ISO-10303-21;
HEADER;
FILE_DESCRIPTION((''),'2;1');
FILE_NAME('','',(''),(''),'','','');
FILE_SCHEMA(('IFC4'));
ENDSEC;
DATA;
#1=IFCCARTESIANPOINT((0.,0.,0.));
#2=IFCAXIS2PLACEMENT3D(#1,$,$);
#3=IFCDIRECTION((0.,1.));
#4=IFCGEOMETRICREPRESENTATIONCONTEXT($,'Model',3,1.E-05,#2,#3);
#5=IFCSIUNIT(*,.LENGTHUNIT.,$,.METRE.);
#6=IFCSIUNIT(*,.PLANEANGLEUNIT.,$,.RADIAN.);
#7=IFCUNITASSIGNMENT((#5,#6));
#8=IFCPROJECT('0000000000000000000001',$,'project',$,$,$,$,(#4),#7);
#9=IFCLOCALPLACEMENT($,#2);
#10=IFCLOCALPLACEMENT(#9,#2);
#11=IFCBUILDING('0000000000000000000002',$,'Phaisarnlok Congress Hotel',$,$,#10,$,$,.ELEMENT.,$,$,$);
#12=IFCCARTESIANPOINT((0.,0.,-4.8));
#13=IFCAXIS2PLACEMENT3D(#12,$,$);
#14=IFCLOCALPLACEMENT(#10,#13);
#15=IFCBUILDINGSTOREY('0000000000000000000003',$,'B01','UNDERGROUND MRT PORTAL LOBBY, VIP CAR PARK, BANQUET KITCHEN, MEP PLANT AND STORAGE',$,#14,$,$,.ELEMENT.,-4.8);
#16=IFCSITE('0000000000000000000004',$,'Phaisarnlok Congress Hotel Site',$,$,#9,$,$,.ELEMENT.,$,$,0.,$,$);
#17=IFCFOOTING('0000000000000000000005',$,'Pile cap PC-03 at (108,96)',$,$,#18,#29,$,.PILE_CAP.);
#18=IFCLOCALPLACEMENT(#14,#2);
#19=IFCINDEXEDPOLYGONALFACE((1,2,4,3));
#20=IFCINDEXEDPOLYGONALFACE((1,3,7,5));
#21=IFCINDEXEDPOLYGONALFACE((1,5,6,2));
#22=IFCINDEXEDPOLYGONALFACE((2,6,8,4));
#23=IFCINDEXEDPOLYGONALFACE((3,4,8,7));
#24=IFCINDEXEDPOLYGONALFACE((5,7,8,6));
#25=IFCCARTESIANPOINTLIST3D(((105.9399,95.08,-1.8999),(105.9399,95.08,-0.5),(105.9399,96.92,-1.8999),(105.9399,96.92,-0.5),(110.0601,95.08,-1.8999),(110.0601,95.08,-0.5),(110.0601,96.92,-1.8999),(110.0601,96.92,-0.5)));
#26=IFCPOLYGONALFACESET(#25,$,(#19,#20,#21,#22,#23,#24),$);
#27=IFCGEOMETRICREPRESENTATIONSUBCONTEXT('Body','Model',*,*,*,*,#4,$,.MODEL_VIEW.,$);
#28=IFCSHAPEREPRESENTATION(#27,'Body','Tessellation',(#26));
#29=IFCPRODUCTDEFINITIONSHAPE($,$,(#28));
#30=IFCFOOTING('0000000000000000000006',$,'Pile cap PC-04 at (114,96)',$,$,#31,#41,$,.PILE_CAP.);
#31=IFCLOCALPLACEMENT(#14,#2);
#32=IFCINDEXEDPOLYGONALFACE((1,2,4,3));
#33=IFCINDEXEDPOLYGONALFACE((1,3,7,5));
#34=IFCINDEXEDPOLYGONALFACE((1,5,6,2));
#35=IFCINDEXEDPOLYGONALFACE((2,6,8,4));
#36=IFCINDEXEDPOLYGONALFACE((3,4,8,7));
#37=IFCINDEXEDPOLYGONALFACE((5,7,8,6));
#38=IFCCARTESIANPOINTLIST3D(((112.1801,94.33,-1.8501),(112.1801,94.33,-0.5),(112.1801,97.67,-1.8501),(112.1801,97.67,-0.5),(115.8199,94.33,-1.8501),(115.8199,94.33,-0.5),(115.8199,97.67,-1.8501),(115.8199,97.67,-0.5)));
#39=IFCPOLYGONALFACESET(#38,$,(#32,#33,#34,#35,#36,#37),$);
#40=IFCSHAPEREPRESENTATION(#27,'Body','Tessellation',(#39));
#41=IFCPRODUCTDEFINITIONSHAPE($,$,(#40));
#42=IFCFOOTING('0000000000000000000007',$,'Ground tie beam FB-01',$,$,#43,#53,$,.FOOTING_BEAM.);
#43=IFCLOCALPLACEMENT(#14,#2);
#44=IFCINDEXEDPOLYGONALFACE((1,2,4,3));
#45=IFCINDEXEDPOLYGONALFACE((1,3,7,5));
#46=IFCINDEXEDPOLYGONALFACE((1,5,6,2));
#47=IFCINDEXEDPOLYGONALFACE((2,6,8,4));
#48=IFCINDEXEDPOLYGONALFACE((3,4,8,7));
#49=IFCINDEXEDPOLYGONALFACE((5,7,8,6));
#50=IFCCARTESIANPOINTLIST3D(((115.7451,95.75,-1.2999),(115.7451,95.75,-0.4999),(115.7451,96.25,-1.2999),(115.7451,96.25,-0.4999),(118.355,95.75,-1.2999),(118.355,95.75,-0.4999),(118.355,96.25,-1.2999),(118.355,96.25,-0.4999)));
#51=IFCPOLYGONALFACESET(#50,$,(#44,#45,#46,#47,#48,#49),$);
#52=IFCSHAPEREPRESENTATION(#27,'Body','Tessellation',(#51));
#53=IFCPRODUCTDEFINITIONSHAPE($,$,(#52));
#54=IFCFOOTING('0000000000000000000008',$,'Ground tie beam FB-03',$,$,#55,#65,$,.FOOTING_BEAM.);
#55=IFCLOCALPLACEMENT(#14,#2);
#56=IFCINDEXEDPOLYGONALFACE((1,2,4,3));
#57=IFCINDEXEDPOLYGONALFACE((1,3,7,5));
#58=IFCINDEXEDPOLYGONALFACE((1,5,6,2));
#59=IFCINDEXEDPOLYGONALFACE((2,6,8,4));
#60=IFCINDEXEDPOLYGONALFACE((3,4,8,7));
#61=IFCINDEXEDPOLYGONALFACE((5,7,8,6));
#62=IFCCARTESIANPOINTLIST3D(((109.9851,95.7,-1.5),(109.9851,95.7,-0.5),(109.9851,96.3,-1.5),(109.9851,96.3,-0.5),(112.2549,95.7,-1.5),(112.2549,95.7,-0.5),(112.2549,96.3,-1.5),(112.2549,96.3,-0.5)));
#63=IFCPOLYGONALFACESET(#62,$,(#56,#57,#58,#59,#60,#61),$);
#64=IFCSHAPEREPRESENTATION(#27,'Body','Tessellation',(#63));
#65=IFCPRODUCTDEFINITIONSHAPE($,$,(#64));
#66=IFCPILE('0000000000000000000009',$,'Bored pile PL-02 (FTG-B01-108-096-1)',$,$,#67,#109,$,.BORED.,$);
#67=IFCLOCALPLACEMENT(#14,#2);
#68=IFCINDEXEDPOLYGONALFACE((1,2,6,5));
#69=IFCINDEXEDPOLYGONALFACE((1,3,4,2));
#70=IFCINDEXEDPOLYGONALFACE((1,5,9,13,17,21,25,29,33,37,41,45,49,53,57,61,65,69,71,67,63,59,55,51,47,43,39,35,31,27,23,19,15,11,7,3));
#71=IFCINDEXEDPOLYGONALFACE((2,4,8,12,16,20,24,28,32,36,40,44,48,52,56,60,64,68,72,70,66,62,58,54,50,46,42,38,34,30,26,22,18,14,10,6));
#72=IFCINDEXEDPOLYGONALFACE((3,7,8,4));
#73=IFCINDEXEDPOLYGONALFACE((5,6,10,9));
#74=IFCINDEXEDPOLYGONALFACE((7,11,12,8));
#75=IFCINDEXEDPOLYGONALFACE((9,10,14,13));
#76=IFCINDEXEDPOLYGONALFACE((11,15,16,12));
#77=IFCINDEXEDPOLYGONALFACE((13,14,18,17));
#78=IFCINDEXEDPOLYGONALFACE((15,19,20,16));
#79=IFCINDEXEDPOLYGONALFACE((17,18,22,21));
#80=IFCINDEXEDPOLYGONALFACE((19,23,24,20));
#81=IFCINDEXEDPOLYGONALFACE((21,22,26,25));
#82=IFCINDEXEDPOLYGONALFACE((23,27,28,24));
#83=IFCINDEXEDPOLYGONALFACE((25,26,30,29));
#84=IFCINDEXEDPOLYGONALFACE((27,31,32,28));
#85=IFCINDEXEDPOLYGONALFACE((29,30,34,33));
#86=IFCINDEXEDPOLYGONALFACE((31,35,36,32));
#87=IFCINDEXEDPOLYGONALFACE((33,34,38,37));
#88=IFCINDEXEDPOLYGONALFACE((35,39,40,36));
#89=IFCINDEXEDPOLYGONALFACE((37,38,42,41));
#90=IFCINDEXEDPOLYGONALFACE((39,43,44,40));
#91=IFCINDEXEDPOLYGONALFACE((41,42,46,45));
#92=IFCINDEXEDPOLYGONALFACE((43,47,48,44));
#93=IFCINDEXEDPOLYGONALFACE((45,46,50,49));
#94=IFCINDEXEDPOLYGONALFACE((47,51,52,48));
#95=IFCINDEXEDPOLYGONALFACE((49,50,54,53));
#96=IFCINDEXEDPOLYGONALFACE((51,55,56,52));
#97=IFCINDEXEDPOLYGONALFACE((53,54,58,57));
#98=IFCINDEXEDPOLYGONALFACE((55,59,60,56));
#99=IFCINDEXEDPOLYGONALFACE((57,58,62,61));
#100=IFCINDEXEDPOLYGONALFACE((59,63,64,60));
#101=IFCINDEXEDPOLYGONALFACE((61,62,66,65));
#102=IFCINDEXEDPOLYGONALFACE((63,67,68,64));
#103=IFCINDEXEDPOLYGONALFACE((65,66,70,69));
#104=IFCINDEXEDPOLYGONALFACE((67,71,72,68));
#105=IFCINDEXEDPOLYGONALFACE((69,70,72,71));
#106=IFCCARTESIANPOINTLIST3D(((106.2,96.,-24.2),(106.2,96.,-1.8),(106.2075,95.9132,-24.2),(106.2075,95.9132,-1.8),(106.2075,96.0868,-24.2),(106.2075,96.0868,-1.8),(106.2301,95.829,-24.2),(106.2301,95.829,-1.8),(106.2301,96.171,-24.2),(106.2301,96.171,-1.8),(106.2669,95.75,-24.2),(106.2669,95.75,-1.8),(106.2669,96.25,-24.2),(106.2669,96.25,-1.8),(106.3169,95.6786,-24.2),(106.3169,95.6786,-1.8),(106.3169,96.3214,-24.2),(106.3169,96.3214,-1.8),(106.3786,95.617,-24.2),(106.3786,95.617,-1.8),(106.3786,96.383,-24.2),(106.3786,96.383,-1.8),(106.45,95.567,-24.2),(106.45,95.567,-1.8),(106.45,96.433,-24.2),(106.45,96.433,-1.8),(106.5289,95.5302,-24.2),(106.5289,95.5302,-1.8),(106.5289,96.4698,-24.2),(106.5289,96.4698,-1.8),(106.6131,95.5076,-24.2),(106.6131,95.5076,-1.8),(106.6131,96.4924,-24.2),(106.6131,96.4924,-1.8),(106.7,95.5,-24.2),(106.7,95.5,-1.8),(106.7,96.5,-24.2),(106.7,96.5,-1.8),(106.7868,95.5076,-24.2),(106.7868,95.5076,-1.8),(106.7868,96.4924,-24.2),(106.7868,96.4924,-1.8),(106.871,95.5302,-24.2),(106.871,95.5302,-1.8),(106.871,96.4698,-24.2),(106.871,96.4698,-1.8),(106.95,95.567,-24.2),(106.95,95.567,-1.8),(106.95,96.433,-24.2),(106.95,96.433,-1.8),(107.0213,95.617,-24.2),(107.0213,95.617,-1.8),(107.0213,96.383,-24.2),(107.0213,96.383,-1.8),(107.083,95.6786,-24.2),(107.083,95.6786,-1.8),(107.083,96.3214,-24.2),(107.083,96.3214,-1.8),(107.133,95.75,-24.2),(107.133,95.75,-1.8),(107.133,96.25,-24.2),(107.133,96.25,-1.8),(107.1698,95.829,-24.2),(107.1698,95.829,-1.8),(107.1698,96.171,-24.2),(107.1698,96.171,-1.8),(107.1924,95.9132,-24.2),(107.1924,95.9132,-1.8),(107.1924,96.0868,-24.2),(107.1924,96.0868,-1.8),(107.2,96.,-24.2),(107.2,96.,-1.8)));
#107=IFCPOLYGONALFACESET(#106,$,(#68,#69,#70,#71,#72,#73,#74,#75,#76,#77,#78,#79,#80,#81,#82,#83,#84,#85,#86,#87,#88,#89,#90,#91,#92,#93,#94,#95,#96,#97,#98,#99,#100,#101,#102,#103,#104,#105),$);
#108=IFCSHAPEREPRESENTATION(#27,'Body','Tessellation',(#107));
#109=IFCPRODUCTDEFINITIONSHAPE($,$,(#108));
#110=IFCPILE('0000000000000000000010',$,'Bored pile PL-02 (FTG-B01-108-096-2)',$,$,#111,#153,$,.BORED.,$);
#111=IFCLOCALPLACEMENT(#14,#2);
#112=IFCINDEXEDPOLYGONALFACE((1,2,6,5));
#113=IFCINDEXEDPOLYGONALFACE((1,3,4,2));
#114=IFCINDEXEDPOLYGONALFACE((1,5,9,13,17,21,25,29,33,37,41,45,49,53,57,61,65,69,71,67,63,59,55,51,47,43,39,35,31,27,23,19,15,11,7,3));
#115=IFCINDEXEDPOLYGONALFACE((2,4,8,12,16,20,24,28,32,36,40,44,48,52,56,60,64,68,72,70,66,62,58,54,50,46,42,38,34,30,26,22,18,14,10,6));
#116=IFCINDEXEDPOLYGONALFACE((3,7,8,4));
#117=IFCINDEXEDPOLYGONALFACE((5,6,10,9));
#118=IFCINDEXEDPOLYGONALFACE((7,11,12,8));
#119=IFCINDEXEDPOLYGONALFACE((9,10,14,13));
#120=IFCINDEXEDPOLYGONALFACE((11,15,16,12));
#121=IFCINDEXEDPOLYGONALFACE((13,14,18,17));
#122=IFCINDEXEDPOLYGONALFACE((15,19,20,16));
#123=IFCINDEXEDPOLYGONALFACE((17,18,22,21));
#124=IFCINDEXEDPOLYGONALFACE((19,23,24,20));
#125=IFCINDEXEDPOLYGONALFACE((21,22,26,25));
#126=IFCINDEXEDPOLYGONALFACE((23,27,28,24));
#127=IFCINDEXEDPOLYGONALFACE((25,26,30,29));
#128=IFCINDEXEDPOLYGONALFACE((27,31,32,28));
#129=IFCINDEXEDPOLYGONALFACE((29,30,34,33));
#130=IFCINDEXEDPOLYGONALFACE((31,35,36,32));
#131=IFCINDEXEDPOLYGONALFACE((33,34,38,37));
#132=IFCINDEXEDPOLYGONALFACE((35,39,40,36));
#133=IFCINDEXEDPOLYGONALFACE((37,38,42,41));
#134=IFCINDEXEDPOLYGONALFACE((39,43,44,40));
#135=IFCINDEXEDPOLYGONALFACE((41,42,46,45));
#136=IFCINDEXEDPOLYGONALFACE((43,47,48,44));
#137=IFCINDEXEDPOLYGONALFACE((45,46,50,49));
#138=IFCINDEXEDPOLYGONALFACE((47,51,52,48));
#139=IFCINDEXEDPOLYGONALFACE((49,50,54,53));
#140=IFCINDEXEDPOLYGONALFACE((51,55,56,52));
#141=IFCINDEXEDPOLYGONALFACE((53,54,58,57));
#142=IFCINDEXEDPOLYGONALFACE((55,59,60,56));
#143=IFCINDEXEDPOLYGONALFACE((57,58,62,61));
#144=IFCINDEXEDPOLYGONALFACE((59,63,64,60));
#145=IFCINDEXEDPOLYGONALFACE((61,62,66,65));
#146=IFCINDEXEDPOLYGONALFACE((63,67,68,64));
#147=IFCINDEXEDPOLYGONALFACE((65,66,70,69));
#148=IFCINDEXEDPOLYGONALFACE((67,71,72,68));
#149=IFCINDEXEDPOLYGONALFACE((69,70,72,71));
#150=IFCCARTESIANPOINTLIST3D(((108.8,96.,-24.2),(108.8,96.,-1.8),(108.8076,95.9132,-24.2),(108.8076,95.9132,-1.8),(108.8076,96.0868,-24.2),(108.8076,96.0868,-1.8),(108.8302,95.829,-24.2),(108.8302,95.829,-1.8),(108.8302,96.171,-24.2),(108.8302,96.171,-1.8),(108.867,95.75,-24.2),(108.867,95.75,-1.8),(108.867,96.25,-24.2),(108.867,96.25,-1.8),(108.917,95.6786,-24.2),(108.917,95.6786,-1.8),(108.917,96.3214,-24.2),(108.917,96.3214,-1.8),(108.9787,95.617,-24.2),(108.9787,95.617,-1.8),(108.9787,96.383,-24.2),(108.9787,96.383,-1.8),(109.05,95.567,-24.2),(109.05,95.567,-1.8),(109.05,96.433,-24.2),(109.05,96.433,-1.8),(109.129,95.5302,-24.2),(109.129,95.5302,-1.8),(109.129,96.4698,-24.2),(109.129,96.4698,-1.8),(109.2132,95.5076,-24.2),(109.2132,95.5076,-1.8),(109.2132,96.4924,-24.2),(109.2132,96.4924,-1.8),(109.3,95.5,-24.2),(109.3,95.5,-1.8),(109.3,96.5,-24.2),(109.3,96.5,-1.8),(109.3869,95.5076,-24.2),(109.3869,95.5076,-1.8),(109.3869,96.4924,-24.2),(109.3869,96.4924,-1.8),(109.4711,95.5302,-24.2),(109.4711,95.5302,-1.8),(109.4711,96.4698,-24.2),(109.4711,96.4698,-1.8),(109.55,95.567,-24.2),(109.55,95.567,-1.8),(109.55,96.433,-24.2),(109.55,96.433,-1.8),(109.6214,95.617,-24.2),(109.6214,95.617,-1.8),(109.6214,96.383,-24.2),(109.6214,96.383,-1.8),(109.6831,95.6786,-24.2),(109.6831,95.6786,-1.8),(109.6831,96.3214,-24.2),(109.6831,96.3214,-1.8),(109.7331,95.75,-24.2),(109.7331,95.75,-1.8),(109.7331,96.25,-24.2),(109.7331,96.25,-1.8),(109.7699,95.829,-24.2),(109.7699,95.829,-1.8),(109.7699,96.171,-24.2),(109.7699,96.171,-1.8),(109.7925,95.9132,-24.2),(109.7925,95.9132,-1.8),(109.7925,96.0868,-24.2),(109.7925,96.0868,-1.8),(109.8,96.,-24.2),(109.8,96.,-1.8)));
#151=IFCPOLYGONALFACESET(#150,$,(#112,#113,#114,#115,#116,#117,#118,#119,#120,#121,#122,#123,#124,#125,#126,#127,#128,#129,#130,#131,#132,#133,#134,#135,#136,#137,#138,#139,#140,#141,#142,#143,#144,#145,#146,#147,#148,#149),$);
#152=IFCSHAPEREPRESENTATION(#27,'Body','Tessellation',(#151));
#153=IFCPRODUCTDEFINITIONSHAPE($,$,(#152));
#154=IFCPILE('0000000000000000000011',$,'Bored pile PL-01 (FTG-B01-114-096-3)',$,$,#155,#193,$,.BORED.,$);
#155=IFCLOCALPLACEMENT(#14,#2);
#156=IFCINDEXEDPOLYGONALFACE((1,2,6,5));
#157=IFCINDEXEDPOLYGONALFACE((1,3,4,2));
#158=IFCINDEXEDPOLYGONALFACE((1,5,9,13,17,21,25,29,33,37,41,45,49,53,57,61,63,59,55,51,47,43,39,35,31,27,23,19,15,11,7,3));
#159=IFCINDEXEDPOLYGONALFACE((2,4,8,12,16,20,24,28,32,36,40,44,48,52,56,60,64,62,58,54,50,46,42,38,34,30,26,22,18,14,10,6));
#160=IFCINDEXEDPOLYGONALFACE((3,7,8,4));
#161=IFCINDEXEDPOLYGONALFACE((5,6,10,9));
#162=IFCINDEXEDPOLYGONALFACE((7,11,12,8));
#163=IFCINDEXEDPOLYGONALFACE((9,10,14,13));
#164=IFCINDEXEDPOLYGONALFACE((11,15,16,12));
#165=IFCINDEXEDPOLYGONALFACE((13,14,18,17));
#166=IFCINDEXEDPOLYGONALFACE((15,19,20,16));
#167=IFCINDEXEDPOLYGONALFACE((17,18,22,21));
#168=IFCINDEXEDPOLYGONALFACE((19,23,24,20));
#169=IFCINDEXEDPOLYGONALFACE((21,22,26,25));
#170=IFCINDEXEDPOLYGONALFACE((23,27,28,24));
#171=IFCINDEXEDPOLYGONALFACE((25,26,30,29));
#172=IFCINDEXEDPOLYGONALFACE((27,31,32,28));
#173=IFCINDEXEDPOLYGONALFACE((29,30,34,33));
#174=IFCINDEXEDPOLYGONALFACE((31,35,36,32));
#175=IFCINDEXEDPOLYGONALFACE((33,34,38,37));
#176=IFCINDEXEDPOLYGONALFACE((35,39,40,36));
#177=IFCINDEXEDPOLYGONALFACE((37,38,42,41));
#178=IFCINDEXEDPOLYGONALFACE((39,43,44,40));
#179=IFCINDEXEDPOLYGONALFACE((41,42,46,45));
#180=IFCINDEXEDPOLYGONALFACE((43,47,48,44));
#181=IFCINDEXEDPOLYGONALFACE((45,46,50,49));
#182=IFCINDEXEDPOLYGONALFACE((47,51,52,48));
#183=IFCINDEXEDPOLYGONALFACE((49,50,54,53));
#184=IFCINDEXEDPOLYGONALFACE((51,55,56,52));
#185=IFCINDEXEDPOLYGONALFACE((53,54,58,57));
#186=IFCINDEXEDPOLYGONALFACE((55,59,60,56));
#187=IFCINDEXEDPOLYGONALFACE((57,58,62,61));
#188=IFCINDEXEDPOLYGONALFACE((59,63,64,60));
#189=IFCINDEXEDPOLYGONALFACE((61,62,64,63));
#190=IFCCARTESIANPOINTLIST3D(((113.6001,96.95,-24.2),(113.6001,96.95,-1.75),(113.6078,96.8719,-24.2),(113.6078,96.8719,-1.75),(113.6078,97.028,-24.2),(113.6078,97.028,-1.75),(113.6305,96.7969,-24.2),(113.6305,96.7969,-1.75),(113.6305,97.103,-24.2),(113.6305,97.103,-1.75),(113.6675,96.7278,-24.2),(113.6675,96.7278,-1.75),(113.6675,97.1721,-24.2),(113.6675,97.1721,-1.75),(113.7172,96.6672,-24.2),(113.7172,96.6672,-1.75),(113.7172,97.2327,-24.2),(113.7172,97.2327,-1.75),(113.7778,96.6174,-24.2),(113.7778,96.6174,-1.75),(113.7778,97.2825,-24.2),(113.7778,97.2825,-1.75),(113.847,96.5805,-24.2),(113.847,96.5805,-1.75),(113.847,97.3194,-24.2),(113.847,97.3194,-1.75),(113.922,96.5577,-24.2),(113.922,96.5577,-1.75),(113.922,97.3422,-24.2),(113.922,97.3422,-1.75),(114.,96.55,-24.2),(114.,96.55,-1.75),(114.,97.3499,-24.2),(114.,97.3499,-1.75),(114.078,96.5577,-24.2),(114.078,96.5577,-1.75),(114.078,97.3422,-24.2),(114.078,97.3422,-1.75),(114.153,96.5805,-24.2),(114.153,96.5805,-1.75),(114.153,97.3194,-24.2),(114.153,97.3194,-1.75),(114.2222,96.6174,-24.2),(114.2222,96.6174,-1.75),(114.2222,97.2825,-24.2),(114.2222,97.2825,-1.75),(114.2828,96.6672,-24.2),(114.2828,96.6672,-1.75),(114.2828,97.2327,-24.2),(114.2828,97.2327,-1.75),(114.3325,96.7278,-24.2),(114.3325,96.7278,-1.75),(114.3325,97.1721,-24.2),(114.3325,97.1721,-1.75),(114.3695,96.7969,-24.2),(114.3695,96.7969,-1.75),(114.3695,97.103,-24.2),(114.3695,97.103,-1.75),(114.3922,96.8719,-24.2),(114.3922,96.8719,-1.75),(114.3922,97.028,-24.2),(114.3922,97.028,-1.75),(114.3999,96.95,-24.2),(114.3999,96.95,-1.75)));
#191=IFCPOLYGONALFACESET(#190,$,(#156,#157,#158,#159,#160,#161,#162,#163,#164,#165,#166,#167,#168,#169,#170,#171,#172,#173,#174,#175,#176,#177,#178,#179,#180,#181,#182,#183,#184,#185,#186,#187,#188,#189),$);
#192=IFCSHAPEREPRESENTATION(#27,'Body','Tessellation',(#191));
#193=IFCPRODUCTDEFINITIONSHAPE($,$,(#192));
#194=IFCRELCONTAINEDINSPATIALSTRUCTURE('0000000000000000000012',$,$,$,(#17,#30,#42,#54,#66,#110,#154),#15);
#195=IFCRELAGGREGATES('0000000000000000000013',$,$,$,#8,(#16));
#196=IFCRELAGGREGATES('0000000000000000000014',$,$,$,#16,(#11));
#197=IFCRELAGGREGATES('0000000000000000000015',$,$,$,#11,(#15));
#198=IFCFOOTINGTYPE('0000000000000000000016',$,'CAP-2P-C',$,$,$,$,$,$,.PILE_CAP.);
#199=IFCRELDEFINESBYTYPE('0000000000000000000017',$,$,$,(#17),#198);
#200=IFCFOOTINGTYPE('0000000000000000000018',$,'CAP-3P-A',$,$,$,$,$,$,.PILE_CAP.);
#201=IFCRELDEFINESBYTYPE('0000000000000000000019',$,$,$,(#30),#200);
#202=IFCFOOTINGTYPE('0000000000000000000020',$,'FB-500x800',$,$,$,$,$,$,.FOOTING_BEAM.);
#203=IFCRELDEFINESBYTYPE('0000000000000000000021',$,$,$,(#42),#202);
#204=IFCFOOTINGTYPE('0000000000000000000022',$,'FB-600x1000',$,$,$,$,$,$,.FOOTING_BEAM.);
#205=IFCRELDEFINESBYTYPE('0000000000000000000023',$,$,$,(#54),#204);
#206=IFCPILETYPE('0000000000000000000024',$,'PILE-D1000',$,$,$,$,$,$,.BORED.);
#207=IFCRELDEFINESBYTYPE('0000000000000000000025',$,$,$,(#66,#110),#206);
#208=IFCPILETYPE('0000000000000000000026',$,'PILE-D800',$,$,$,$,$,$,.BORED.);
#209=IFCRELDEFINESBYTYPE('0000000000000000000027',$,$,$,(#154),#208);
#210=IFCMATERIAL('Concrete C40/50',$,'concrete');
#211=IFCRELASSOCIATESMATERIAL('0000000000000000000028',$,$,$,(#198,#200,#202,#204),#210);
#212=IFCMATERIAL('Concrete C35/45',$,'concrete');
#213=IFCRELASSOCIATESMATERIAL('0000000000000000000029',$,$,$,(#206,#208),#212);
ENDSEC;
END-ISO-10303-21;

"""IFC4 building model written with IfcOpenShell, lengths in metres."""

from ifc_helpers import new_model, si_unit, direction, frame, origin, origin_2d, place, context, subcontext, project, spatial, rectangle, circle, extrude, material, material_profile, profile_set, type_object, element, save


model = new_model("IFC4")

# Units and contexts
model_context = context("Model", 3, precision=1e-05, world=origin(), true_north=direction((0.0, 1.0)))
body_context = subcontext(model_context, "Body", "Model", "MODEL_VIEW")
ifc_project = project(units=[si_unit("LENGTHUNIT", "METRE"), si_unit("PLANEANGLEUNIT", "RADIAN")], contexts=[model_context])

# Site, building, storey
site_placement = place(None, origin())
site = spatial("IfcSite", under=ifc_project, at=site_placement, Name="Phaisarnlok Congress Hotel Site", CompositionType="ELEMENT", RefElevation=0.0)
building_placement = place(site_placement, origin())
building = spatial("IfcBuilding", under=site, at=building_placement, Name="Phaisarnlok Congress Hotel", CompositionType="ELEMENT")
storey_placement = place(building_placement, frame((0.0, 0.0, -4.8)))
storey = spatial("IfcBuildingStorey", under=building, at=storey_placement, Name="B01", Description="UNDERGROUND MRT PORTAL LOBBY, VIP CAR PARK, BANQUET KITCHEN, MEP PLANT AND STORAGE", CompositionType="ELEMENT", Elevation=-4.8)

# Footings
ifc_material_1 = material(Name="Concrete C40/50", Category="concrete")
footing_type_1 = type_object("IfcFootingType", Name="CAP-2P-C", PredefinedType="PILE_CAP", material=ifc_material_1)
footing_1_placement = place(storey_placement, frame((108.0, 96.0, -1.8999), z_axis=(0.0, 0.0, 1.0), x_axis=(1.0, 0.0, 0.0)))
element("IfcFooting", 1, at=footing_1_placement, inside=storey, type_object=footing_type_1, Name="Pile cap PC-03 at (108,96)", PredefinedType="PILE_CAP", context=body_context, shape_type="SweptSolid", body=[
    extrude(rectangle(XDim=4.1201, YDim=1.8401, at=origin_2d()), origin(), (0.0, 0.0, 1.0), 1.3999),
])
footing_type_2 = type_object("IfcFootingType", Name="CAP-3P-A", PredefinedType="PILE_CAP", material=ifc_material_1)
footing_2_placement = place(storey_placement, frame((114.0, 96.0, -1.8501), z_axis=(0.0, 0.0, 1.0), x_axis=(1.0, 0.0, 0.0)))
element("IfcFooting", 2, at=footing_2_placement, inside=storey, type_object=footing_type_2, Name="Pile cap PC-04 at (114,96)", PredefinedType="PILE_CAP", context=body_context, shape_type="SweptSolid", body=[
    extrude(rectangle(XDim=3.6399, YDim=3.3401, at=origin_2d()), origin(), (0.0, 0.0, 1.0), 1.3501),
])
ifc_material_profile_1 = material_profile(ifc_material_1, rectangle(XDim=0.5, YDim=0.8, at=origin_2d()), Name="FB-500x800")
ifc_profile_set_1 = profile_set([ifc_material_profile_1], Name="Concrete C40/50")
footing_type_3 = type_object("IfcFootingType", Name="FB-500x800", PredefinedType="FOOTING_BEAM", material=ifc_profile_set_1)
footing_3_placement = place(storey_placement, frame((115.7451, 96.0, -0.8999), z_axis=(1.0, 0.0, 0.0), x_axis=(0.0, 1.0, 0.0)))
element("IfcFooting", 3, at=footing_3_placement, inside=storey, type_object=footing_type_3, Name="Ground tie beam FB-01", PredefinedType="FOOTING_BEAM", context=body_context, shape_type="SweptSolid", body=[
    extrude(rectangle(XDim=0.5, YDim=0.8, at=origin_2d()), origin(), (0.0, 0.0, 1.0), 2.6099),
])
ifc_material_profile_2 = material_profile(ifc_material_1, rectangle(XDim=0.6001, YDim=1.0, at=origin_2d()), Name="FB-600x1000")
ifc_profile_set_2 = profile_set([ifc_material_profile_2], Name="Concrete C40/50")
footing_type_4 = type_object("IfcFootingType", Name="FB-600x1000", PredefinedType="FOOTING_BEAM", material=ifc_profile_set_2)
footing_4_placement = place(storey_placement, frame((109.9851, 96.0, -1.0), z_axis=(1.0, 0.0, 0.0), x_axis=(0.0, 1.0, 0.0)))
element("IfcFooting", 4, at=footing_4_placement, inside=storey, type_object=footing_type_4, Name="Ground tie beam FB-03", PredefinedType="FOOTING_BEAM", context=body_context, shape_type="SweptSolid", body=[
    extrude(rectangle(XDim=0.6001, YDim=1.0, at=origin_2d()), origin(), (0.0, 0.0, 1.0), 2.2698),
])

# Piles
ifc_material_2 = material(Name="Concrete C35/45", Category="concrete")
ifc_material_profile_3 = material_profile(ifc_material_2, circle(Radius=0.5, at=origin_2d()), Name="BORED PILE D1000")
ifc_profile_set_3 = profile_set([ifc_material_profile_3], Name="Concrete C35/45")
pile_type_1 = type_object("IfcPileType", Name="PILE-D1000", PredefinedType="BORED", material=ifc_profile_set_3)
for number, where, z_axis, x_axis, name in (
    (5, (106.7, 96.0, -1.8), (0.0, 0.0, -1.0), (1.0, 0.0, 0.0), "Bored pile PL-02 (FTG-B01-108-096-1)"),
    (6, (109.3, 96.0, -1.8), (0.0, 0.0, -1.0), (1.0, 0.0, 0.0), "Bored pile PL-02 (FTG-B01-108-096-2)"),
):
    element("IfcPile", number, at=place(storey_placement, frame(where, z_axis=z_axis, x_axis=x_axis)), inside=storey, type_object=pile_type_1, Name=name, PredefinedType="BORED", context=body_context, shape_type="SweptSolid", body=[
        extrude(circle(Radius=0.5, at=origin_2d()), origin(), (0.0, 0.0, 1.0), 22.3999),
    ])
ifc_material_profile_4 = material_profile(ifc_material_2, circle(Radius=0.3999, at=origin_2d()), Name="BORED PILE D800")
ifc_profile_set_4 = profile_set([ifc_material_profile_4], Name="Concrete C35/45")
pile_type_2 = type_object("IfcPileType", Name="PILE-D800", PredefinedType="BORED", material=ifc_profile_set_4)
pile_placement = place(storey_placement, frame((114.0, 96.95, -1.75), z_axis=(0.0, 0.0, -1.0), x_axis=(1.0, 0.0, 0.0)))
element("IfcPile", 7, at=pile_placement, inside=storey, type_object=pile_type_2, Name="Bored pile PL-01 (FTG-B01-114-096-3)", PredefinedType="BORED", context=body_context, shape_type="SweptSolid", body=[
    extrude(circle(Radius=0.3999, at=origin_2d()), origin(), (0.0, 0.0, 1.0), 22.45),
])

save(model, "model.ifc")
